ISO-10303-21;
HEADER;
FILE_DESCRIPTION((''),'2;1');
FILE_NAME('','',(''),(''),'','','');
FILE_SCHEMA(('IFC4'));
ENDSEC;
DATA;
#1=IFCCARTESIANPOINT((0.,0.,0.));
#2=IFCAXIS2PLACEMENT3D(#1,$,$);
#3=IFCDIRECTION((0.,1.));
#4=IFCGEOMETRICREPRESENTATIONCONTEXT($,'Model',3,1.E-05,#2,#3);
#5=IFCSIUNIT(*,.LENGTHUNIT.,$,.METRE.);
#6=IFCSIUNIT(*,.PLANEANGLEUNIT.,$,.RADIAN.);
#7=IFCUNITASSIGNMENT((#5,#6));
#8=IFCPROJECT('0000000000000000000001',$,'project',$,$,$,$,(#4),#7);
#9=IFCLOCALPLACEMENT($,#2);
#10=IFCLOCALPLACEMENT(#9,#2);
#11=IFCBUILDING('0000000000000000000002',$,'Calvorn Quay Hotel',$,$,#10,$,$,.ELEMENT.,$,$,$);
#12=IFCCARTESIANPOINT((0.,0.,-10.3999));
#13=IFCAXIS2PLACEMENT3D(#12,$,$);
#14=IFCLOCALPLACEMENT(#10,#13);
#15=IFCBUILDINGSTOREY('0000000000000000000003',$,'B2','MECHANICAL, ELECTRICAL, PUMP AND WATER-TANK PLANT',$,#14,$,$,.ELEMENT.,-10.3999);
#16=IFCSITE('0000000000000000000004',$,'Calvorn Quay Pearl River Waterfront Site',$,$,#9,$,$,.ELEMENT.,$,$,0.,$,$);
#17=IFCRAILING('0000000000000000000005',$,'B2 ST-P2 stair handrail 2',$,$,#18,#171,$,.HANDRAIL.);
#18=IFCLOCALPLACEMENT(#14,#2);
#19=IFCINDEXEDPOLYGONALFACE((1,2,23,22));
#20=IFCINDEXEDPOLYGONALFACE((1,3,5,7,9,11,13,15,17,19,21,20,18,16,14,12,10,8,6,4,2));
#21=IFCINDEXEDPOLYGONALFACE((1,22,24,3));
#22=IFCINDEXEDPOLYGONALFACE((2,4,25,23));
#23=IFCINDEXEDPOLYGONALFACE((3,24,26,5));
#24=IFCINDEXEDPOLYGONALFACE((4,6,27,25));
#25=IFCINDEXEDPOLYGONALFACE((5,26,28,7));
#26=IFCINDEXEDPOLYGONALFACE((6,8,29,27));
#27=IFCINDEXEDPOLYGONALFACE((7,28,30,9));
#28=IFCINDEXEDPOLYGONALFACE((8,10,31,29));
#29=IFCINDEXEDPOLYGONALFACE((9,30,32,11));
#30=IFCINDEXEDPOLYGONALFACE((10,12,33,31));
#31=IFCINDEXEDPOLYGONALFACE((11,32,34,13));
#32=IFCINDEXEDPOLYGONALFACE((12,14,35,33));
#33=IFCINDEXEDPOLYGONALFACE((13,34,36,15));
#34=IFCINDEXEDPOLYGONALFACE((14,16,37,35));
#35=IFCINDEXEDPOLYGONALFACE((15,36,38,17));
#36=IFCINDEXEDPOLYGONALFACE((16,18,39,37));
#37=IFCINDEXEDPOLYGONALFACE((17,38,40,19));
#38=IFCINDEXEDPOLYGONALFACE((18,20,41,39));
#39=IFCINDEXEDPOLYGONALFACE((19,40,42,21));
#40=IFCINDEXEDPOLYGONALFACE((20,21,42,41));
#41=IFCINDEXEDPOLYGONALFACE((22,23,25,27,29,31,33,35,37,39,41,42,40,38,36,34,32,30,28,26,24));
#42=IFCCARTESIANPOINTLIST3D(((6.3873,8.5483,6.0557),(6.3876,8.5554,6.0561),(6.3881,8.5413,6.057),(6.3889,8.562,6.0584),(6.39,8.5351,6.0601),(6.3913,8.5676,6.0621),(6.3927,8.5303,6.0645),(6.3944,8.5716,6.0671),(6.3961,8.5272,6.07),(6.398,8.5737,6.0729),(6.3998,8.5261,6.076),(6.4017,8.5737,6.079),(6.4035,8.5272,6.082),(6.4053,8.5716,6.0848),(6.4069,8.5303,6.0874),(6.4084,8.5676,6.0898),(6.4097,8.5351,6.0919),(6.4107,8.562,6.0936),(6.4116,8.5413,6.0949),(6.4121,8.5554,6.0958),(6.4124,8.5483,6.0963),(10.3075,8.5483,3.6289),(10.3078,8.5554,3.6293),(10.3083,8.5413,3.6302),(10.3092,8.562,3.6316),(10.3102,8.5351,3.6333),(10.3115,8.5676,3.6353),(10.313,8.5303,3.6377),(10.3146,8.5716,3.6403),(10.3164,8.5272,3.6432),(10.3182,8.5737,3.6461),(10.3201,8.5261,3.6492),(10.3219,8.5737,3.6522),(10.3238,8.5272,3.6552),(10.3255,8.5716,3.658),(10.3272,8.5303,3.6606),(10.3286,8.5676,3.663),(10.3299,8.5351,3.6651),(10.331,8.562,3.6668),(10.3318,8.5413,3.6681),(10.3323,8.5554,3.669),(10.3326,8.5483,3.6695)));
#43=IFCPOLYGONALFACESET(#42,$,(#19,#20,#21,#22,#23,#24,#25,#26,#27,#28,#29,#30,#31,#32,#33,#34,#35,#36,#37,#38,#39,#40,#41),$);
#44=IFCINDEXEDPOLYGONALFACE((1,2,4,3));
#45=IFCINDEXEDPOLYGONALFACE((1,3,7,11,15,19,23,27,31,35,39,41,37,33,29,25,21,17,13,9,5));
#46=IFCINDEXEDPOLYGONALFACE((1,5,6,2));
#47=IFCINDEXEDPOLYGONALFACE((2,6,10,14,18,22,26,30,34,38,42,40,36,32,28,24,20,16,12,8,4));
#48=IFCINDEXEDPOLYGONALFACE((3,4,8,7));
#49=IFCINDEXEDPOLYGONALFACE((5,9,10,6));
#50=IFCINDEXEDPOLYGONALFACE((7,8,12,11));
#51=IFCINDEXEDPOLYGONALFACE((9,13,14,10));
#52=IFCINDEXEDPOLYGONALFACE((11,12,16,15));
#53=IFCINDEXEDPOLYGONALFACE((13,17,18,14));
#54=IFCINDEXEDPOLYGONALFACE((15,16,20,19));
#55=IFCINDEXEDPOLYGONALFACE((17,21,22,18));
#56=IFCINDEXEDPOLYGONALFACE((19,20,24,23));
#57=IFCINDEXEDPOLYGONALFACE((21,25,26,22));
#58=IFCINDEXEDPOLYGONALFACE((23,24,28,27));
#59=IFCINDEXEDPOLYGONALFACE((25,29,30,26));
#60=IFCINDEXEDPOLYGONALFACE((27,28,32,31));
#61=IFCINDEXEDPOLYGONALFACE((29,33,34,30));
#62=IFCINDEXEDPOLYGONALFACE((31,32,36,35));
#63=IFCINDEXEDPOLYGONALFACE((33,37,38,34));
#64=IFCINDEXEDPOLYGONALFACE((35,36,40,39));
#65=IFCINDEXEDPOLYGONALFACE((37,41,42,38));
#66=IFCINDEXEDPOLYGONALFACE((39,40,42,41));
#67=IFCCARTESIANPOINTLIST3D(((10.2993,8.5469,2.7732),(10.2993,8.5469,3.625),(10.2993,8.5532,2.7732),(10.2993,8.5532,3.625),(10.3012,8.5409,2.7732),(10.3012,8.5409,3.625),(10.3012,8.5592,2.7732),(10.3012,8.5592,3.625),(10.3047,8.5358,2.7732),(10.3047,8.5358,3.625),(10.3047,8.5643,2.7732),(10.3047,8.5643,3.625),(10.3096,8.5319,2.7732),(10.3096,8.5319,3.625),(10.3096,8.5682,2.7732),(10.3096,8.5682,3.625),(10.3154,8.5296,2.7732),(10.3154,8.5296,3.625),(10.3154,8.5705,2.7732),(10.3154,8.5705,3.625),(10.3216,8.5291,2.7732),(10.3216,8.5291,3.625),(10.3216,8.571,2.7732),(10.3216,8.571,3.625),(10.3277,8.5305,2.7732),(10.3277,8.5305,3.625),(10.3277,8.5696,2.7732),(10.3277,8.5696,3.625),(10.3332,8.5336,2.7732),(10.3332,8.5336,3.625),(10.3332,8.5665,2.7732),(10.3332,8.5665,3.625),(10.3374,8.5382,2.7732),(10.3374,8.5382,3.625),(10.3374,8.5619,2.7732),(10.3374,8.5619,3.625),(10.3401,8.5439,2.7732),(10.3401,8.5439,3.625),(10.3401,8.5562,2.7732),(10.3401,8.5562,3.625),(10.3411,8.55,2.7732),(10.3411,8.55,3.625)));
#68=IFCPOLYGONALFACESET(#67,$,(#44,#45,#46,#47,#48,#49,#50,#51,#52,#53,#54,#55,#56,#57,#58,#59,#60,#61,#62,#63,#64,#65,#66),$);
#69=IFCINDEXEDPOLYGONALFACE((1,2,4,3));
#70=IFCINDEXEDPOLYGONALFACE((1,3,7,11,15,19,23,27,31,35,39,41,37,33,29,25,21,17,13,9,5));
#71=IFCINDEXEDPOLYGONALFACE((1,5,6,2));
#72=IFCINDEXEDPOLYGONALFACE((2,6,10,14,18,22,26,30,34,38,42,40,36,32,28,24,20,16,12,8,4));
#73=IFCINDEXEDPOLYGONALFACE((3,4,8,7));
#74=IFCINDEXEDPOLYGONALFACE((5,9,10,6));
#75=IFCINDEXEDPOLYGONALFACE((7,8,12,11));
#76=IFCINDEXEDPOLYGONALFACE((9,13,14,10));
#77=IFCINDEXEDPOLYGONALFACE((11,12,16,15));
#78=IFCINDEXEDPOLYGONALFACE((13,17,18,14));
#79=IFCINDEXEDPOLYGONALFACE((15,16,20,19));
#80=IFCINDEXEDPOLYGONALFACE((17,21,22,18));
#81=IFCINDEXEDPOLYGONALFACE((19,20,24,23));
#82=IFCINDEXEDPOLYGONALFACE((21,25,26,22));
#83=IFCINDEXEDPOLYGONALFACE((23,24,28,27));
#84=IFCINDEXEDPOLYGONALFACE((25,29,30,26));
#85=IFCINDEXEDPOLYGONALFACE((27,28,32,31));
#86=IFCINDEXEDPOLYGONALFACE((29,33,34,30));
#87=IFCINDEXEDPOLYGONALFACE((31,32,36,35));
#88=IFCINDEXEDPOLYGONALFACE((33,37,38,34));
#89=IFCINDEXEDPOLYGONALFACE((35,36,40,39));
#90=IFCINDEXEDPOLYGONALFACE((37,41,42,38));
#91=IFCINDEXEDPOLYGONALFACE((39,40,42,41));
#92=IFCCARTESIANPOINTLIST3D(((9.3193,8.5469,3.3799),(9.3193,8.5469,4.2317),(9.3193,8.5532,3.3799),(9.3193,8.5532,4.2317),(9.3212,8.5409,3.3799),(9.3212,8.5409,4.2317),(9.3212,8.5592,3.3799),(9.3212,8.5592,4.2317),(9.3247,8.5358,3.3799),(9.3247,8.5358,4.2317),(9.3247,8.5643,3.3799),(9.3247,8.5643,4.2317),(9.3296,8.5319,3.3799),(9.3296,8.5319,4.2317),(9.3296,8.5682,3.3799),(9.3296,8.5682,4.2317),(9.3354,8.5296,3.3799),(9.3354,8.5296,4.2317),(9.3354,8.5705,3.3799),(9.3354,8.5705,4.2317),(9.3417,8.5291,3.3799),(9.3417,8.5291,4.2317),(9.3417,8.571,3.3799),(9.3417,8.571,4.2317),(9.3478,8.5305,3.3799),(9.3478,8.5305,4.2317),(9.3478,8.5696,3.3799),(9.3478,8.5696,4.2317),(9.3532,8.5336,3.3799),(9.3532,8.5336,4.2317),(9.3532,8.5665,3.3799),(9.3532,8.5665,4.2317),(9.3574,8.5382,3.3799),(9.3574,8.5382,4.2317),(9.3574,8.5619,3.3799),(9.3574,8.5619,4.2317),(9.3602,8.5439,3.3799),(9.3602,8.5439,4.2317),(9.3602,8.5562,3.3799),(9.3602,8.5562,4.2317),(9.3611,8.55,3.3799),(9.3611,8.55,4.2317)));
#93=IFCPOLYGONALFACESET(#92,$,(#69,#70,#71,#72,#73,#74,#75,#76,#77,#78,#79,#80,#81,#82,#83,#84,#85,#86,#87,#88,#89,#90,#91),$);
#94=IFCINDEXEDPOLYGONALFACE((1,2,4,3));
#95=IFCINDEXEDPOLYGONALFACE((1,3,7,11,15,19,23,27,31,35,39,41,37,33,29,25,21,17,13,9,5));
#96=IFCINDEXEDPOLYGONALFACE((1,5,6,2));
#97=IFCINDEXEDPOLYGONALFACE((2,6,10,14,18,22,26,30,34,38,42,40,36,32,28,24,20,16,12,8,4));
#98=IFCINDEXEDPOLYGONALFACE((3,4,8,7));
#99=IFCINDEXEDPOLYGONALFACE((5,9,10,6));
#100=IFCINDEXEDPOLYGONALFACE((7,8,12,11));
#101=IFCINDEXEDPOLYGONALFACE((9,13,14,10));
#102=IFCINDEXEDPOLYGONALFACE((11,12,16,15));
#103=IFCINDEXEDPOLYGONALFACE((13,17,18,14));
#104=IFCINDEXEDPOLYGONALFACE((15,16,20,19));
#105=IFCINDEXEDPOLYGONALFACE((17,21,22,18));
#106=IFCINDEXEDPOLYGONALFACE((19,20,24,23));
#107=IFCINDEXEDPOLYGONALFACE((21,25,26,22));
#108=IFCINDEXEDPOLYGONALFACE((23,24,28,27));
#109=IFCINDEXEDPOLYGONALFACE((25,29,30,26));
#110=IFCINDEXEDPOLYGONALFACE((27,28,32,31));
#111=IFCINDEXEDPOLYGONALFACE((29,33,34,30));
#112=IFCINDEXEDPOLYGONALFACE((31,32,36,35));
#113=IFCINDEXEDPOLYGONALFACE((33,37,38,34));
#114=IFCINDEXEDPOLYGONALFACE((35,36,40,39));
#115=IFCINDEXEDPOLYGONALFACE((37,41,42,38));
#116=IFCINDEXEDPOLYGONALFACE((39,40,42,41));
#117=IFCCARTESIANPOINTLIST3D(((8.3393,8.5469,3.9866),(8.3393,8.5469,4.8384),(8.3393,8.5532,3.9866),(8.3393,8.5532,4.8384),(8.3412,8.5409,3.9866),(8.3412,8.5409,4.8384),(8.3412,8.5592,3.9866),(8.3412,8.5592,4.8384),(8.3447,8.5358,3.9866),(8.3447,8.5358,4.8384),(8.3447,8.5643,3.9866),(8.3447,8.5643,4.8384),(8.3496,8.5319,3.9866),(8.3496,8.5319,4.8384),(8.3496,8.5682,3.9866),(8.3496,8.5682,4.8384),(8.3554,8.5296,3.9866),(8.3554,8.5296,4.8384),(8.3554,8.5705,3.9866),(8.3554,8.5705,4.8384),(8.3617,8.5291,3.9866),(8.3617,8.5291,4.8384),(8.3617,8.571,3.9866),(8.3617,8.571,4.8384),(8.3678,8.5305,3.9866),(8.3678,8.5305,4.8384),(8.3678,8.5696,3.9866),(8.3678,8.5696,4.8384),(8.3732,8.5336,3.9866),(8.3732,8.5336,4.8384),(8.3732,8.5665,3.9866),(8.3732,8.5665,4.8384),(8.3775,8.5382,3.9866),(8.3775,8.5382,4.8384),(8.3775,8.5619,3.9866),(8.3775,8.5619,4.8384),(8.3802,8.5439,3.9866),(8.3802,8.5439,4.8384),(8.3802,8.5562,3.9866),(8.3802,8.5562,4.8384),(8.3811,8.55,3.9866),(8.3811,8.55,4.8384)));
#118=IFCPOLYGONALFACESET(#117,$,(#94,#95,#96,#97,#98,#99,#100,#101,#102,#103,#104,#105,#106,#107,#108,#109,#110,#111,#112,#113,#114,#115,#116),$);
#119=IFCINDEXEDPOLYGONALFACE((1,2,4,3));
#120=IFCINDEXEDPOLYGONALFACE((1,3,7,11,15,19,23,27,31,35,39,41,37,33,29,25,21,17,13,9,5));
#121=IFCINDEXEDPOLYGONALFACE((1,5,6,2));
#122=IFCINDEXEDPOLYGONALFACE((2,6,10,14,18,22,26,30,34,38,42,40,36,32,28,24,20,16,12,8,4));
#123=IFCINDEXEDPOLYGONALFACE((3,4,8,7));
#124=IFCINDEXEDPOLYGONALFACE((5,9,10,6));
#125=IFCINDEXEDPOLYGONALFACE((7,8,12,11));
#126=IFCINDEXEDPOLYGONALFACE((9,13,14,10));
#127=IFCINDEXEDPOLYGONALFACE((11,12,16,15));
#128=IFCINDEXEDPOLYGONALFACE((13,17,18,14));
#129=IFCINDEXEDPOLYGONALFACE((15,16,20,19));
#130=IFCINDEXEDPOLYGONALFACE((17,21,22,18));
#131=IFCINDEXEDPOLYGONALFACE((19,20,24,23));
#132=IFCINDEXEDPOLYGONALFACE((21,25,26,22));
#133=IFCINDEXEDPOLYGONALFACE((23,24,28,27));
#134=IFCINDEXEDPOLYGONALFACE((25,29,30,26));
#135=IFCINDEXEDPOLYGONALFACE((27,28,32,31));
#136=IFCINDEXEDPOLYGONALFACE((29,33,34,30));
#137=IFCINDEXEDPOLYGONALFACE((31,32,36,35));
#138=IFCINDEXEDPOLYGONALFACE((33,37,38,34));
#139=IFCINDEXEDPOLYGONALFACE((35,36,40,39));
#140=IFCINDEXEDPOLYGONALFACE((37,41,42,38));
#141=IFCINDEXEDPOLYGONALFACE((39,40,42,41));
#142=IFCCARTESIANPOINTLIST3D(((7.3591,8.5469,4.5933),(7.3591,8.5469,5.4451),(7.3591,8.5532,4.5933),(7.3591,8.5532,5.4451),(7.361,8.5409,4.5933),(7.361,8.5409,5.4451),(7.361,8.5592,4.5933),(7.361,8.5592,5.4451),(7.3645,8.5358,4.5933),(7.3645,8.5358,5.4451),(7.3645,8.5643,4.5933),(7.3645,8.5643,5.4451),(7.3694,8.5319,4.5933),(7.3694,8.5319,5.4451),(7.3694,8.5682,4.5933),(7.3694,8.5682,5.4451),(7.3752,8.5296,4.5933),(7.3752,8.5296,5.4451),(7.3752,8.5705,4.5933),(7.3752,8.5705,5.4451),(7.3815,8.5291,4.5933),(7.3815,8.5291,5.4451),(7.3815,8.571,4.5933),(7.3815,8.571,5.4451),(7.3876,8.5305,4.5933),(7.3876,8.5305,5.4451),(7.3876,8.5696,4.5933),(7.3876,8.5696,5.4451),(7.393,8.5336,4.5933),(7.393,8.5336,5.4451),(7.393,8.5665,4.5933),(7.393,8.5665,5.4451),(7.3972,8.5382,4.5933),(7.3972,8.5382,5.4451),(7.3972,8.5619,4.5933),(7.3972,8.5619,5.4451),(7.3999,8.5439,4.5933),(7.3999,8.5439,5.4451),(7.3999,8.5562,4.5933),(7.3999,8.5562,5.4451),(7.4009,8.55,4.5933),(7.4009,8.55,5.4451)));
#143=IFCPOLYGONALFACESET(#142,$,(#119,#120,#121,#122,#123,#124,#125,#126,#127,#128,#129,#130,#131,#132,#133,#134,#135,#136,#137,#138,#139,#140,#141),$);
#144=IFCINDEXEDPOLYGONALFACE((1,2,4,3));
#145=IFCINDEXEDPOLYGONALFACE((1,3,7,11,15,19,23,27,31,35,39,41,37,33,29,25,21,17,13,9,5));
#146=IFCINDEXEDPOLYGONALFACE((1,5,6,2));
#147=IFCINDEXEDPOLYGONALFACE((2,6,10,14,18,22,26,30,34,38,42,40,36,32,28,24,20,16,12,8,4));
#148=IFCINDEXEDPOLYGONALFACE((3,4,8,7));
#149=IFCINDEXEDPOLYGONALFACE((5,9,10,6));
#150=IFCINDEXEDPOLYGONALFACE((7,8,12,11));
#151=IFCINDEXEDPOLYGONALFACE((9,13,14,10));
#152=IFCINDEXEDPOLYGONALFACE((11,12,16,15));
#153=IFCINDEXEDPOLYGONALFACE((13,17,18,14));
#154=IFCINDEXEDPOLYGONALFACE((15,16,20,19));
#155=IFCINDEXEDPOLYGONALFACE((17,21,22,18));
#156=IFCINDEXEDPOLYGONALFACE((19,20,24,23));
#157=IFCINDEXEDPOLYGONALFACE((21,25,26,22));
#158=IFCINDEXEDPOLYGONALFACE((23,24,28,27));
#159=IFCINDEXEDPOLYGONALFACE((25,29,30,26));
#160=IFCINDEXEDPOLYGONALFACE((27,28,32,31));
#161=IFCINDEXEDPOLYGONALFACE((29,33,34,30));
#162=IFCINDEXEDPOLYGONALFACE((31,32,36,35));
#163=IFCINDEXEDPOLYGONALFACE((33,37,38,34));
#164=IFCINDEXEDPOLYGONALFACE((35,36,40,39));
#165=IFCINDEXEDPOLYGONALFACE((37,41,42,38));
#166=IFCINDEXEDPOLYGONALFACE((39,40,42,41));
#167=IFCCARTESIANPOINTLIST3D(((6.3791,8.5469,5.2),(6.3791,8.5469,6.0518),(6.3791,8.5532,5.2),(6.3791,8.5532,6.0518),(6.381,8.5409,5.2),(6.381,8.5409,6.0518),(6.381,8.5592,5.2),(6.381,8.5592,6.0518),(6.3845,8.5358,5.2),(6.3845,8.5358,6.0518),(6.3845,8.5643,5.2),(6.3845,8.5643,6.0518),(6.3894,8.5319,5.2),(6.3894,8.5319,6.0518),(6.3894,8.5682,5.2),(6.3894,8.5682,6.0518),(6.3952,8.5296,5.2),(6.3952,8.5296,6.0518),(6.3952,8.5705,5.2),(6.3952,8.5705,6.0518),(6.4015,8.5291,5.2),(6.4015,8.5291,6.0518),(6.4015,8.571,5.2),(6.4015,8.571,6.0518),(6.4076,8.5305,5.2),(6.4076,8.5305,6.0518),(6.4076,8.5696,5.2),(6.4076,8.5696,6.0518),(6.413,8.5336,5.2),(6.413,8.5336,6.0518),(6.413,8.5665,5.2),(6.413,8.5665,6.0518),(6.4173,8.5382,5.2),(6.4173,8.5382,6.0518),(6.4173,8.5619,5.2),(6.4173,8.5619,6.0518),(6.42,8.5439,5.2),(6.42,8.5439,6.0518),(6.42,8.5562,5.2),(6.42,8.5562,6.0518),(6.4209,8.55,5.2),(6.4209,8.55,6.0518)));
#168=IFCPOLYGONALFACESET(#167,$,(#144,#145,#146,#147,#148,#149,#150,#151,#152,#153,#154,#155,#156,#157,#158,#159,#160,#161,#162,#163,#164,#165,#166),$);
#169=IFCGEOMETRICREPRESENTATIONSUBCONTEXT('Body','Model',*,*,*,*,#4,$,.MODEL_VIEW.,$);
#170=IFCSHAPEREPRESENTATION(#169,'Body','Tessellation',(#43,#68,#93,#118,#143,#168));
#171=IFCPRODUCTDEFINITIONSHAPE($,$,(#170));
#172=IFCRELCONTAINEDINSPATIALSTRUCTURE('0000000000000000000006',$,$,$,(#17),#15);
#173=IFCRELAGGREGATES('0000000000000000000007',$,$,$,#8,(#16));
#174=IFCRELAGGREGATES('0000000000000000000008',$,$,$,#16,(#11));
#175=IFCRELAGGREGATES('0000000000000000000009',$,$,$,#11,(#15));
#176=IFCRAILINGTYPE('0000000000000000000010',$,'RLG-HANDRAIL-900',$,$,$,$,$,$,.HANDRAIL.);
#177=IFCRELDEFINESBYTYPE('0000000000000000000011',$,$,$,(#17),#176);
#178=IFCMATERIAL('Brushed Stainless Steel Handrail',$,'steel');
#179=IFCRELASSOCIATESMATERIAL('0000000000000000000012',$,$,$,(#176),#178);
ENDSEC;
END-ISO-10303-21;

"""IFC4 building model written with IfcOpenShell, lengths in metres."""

from ifc_helpers import new_model, si_unit, direction, frame, origin, origin_2d, place, context, subcontext, project, spatial, circle, extrude, material, type_object, element, save


model = new_model("IFC4")

# Units and contexts
model_context = context("Model", 3, precision=1e-05, world=origin(), true_north=direction((0.0, 1.0)))
body_context = subcontext(model_context, "Body", "Model", "MODEL_VIEW")
ifc_project = project(units=[si_unit("LENGTHUNIT", "METRE"), si_unit("PLANEANGLEUNIT", "RADIAN")], contexts=[model_context])

# Site, building, storey
site_placement = place(None, origin())
site = spatial("IfcSite", under=ifc_project, at=site_placement, Name="Calvorn Quay Pearl River Waterfront Site", CompositionType="ELEMENT", RefElevation=0.0)
building_placement = place(site_placement, origin())
building = spatial("IfcBuilding", under=site, at=building_placement, Name="Calvorn Quay Hotel", CompositionType="ELEMENT")
storey_placement = place(building_placement, frame((0.0, 0.0, -10.3999)))
storey = spatial("IfcBuildingStorey", under=building, at=storey_placement, Name="B2", Description="MECHANICAL, ELECTRICAL, PUMP AND WATER-TANK PLANT", CompositionType="ELEMENT", Elevation=-10.3999)

# Railing
ifc_material_1 = material(Name="Brushed Stainless Steel Handrail", Category="steel")
railing_type_1 = type_object("IfcRailingType", Name="RLG-HANDRAIL-900", PredefinedType="HANDRAIL", material=ifc_material_1)
railing_1_placement = place(storey_placement, frame((10.3201, 8.55, 2.7732)))
element("IfcRailing", 1, at=railing_1_placement, inside=storey, type_object=railing_type_1, Name="B2 ST-P2 stair handrail 2", PredefinedType="HANDRAIL", context=body_context, shape_type="SweptSolid", body=[
    extrude(circle(Radius=0.0239, at=origin_2d()), frame((0.0, 0.0, 0.876), z_axis=(-0.850266, 0.0, 0.526353), x_axis=(0.0, -1.0, 0.0)), (0.0, 0.0, 1.0), 4.6106),
    extrude(circle(Radius=0.021, at=origin_2d()), origin(), (0.0, 0.0, 1.0), 0.8518),
    extrude(circle(Radius=0.021, at=origin_2d()), frame((-0.98, 0.0, 0.6067)), (0.0, 0.0, 1.0), 0.8518),
    extrude(circle(Radius=0.021, at=origin_2d()), frame((-1.96, 0.0, 1.2134)), (0.0, 0.0, 1.0), 0.8518),
    extrude(circle(Radius=0.021, at=origin_2d()), frame((-2.9402, 0.0, 1.8201)), (0.0, 0.0, 1.0), 0.8518),
    extrude(circle(Radius=0.021, at=origin_2d()), frame((-3.9202, 0.0, 2.4268)), (0.0, 0.0, 1.0), 0.8518),
])

save(model, "model.ifc")
